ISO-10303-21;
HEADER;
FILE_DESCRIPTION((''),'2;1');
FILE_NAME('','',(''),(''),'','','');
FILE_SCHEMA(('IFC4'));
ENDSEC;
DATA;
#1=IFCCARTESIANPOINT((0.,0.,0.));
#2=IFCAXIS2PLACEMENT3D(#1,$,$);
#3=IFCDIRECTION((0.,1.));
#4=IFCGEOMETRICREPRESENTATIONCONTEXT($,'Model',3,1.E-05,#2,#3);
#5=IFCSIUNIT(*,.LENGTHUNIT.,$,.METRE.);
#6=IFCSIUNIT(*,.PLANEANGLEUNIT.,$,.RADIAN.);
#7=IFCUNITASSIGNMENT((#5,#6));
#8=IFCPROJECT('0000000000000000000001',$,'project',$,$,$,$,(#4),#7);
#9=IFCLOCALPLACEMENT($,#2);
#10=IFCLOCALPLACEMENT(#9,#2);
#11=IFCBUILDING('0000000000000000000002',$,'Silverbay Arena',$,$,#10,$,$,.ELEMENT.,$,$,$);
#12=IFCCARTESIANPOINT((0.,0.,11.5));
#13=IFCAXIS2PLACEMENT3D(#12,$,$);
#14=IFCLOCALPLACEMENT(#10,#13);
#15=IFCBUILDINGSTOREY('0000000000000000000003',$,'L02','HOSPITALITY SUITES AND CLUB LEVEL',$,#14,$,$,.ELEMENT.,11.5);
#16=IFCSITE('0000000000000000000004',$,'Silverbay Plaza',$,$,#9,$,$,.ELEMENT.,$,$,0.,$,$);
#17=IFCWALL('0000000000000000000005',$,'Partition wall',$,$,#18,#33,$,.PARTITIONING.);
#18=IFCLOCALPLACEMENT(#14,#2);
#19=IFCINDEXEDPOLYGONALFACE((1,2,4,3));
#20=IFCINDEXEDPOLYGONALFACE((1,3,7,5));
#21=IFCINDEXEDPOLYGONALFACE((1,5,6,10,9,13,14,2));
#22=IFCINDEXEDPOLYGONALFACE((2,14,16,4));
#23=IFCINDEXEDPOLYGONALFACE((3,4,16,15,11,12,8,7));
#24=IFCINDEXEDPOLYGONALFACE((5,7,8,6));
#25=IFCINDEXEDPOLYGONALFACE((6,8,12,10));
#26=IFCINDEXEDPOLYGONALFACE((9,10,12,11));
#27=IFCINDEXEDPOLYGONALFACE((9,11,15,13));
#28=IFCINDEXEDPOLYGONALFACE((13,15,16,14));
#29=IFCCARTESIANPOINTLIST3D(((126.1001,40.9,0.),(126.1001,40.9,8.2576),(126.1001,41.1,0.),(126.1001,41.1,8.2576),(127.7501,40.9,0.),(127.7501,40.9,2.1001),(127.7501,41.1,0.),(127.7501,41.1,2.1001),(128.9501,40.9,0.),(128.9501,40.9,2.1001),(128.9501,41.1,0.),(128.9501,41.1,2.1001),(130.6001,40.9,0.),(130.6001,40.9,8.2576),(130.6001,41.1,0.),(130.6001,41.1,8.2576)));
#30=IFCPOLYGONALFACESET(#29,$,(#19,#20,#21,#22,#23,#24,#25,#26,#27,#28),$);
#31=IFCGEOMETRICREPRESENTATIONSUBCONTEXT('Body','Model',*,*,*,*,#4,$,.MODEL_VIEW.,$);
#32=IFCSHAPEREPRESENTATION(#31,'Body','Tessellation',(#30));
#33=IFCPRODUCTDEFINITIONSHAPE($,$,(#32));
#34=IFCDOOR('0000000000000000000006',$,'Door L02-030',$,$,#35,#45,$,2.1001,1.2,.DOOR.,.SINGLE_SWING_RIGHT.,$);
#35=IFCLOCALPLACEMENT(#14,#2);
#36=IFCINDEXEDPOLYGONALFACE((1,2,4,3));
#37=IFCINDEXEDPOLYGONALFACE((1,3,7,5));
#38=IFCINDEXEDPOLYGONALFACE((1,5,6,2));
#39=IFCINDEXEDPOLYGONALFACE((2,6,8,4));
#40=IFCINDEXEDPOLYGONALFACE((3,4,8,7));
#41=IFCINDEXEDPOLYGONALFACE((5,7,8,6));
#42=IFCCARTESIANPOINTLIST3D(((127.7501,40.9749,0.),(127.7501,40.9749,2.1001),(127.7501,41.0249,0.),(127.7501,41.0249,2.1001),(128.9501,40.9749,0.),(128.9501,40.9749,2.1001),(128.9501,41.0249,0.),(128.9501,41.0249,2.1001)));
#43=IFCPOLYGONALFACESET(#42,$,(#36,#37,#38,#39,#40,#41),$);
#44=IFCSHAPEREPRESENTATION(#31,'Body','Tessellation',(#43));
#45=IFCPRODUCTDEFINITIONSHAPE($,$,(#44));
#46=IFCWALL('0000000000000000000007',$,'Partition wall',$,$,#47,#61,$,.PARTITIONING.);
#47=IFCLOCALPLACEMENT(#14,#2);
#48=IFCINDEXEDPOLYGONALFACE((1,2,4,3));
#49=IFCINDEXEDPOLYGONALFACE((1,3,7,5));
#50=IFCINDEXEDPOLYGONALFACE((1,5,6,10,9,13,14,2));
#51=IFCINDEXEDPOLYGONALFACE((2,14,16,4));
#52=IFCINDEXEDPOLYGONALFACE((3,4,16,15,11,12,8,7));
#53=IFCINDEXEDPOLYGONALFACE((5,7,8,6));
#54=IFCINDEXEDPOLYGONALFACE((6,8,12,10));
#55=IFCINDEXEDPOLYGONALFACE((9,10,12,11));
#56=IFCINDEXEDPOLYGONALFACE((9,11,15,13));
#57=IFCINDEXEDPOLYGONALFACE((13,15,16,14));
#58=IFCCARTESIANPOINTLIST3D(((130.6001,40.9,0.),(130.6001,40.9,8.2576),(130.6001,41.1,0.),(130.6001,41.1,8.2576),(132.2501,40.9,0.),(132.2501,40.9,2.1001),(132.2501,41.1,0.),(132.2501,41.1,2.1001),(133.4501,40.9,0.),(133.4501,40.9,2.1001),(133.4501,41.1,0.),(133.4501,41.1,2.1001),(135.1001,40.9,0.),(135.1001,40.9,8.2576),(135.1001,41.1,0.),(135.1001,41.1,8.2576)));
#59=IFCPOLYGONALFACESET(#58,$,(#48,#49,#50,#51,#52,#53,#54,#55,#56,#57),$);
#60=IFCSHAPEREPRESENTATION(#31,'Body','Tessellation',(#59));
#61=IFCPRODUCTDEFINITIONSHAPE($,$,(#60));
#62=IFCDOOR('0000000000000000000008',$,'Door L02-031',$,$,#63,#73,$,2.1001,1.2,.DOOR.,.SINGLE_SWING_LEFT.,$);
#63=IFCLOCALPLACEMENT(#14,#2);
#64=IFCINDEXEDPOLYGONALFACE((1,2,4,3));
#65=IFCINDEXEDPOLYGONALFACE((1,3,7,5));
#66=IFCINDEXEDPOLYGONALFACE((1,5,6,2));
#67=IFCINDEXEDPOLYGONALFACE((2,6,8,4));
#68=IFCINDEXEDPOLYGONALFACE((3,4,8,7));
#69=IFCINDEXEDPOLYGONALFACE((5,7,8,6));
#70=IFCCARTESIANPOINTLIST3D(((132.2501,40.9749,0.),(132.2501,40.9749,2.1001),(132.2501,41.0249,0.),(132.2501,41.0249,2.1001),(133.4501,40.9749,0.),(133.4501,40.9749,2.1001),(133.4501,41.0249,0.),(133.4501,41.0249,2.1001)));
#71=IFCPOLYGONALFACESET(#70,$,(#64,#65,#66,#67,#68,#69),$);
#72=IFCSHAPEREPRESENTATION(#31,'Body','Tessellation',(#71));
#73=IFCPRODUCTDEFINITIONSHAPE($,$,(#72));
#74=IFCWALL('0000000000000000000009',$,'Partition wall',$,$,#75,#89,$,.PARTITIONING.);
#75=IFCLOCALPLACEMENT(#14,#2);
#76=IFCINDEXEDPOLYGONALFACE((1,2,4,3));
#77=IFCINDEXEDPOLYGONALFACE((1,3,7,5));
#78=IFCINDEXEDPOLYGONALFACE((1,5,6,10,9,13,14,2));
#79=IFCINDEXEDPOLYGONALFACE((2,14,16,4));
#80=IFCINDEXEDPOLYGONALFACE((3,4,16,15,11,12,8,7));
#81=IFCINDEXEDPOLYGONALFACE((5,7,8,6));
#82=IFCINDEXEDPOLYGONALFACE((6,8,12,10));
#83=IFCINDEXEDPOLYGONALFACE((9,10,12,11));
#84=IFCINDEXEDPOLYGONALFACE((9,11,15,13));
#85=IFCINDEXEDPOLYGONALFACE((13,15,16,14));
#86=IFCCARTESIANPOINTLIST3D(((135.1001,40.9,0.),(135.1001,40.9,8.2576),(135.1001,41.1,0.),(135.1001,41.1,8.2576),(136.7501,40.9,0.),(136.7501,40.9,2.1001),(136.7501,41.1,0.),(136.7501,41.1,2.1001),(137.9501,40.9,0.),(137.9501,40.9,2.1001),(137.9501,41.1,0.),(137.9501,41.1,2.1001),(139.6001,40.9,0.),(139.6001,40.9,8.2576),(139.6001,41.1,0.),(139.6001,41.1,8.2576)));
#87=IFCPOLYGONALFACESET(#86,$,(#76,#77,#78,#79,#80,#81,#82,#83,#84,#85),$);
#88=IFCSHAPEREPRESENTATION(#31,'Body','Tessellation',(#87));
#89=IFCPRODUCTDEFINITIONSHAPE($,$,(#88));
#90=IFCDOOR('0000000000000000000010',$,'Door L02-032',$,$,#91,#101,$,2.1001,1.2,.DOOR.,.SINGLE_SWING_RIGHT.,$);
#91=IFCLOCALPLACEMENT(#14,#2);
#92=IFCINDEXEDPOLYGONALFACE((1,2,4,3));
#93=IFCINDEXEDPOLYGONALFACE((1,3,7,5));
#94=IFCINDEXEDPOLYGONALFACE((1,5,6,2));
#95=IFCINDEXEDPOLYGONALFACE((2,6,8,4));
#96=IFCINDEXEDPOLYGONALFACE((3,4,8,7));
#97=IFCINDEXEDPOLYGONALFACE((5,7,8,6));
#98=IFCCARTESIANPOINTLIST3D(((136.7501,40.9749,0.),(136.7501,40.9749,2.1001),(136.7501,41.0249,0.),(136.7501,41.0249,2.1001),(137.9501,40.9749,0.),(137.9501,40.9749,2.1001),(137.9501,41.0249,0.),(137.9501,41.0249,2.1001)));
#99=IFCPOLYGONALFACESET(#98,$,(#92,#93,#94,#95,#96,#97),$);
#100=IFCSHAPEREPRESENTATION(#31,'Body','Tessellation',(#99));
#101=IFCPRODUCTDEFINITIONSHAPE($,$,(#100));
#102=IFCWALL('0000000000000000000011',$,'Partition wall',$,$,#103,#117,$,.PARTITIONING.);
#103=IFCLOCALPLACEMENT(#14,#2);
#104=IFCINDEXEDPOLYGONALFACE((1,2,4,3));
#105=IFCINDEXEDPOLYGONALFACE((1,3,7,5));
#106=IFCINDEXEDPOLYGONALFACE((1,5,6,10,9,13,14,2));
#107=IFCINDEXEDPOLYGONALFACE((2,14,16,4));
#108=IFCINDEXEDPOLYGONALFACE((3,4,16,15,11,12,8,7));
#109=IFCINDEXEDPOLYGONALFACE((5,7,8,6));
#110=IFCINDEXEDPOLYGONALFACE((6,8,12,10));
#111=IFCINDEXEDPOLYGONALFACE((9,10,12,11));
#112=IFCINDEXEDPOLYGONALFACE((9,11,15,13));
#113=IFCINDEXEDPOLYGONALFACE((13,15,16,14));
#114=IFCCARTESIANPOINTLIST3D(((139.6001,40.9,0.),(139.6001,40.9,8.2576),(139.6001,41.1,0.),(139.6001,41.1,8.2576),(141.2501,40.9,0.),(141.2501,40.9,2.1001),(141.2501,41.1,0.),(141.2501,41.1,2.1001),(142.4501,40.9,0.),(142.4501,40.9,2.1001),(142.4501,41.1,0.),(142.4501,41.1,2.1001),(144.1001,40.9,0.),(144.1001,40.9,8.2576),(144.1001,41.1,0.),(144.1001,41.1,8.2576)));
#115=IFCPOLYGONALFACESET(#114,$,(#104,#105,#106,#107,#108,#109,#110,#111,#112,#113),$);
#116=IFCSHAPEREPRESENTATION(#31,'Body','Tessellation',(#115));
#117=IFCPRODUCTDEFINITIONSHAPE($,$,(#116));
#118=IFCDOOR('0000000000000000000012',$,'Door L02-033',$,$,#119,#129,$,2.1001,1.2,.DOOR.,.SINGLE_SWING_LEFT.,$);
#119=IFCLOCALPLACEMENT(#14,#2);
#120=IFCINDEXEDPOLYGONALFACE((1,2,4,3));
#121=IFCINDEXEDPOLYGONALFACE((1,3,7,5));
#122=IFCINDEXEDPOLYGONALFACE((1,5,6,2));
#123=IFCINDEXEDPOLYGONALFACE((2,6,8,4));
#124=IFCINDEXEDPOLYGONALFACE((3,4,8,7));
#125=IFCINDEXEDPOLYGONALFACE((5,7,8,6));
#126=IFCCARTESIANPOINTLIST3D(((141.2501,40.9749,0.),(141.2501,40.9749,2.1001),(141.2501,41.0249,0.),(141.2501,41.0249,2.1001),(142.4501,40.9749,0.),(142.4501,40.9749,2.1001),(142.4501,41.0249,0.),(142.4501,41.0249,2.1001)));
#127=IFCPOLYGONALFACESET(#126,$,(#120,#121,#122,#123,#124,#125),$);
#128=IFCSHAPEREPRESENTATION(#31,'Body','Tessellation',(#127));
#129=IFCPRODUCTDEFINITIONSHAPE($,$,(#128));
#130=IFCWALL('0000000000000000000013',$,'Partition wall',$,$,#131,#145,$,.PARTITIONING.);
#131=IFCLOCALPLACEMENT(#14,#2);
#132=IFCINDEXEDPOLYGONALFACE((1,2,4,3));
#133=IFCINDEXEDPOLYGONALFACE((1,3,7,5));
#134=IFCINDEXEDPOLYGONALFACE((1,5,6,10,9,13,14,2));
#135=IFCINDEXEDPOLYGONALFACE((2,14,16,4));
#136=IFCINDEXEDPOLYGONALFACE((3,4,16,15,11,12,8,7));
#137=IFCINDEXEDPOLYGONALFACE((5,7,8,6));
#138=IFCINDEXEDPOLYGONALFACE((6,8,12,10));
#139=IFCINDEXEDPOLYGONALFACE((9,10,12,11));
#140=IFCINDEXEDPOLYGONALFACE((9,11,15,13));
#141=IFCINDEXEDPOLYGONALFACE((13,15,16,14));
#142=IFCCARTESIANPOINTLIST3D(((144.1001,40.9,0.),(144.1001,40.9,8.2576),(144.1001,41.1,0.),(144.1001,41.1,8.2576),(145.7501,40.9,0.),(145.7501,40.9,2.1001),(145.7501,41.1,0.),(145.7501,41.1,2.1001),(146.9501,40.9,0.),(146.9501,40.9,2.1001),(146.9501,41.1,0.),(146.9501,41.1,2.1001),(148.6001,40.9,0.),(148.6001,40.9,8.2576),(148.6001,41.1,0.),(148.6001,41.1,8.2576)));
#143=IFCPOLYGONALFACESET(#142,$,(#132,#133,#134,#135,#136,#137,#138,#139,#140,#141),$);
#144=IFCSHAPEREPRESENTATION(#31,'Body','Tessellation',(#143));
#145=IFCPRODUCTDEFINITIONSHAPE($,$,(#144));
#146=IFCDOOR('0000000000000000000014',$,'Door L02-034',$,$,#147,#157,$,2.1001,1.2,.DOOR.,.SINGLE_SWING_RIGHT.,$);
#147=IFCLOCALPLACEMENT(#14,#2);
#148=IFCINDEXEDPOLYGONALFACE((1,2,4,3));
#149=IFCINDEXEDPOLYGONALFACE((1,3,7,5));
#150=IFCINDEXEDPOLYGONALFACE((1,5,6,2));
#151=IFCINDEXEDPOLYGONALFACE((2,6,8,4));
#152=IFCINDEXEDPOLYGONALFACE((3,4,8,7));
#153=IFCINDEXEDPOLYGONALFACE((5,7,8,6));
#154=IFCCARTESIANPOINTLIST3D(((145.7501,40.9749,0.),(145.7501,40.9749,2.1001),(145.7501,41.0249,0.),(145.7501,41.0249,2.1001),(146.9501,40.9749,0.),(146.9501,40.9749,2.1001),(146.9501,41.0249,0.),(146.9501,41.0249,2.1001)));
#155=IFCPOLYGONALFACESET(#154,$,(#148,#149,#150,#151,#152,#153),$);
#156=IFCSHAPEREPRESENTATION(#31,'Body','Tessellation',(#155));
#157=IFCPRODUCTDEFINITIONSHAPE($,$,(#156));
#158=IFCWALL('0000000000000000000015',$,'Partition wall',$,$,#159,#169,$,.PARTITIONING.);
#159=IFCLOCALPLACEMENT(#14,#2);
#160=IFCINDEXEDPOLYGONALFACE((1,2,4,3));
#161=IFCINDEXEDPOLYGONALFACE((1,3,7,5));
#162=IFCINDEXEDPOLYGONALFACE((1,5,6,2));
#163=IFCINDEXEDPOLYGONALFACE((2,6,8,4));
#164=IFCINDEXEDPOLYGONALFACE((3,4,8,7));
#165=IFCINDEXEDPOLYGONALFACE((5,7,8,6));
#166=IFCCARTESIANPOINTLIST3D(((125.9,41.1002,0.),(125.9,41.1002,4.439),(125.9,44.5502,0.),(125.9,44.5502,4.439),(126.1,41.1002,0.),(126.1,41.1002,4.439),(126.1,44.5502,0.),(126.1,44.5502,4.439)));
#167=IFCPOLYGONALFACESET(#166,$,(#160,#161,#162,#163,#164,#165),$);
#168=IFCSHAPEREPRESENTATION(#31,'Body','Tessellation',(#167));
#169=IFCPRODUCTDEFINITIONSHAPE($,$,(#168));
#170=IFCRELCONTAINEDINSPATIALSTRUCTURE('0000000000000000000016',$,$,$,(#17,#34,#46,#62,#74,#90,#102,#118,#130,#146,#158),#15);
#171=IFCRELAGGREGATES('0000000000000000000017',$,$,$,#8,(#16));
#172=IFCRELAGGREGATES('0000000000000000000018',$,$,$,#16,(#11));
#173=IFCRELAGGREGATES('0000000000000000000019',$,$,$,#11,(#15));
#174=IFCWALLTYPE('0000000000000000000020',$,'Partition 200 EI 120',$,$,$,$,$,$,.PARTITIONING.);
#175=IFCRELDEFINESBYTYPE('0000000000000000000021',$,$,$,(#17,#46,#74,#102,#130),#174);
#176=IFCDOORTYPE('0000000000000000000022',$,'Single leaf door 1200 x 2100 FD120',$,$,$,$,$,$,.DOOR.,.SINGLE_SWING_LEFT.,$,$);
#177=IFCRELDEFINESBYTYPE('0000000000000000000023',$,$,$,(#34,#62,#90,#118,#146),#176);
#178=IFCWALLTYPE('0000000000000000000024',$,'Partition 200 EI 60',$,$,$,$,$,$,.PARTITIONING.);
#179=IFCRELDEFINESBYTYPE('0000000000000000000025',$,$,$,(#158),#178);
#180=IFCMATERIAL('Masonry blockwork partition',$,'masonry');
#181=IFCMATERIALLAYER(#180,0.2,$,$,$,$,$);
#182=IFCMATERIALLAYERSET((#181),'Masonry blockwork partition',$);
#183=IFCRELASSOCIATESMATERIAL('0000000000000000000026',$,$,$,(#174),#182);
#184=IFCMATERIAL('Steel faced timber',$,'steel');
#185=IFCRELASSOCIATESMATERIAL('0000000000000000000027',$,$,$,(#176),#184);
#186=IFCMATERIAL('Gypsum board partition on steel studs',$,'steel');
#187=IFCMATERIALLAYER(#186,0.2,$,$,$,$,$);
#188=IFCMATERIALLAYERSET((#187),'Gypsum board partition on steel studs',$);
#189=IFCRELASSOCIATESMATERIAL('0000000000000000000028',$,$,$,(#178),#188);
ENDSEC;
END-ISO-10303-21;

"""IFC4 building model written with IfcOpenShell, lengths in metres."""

from ifc_helpers import new_model, si_unit, direction, frame, frame_2d, origin, place, context, subcontext, project, spatial, rectangle, extrude, material, layer, layer_set, type_object, element, fill, save


model = new_model("IFC4")

# Units and contexts
model_context = context("Model", 3, precision=1e-05, world=origin(), true_north=direction((0.0, 1.0)))
body_context = subcontext(model_context, "Body", "Model", "MODEL_VIEW")
ifc_project = project(units=[si_unit("LENGTHUNIT", "METRE"), si_unit("PLANEANGLEUNIT", "RADIAN")], contexts=[model_context])

# Site, building, storey
site_placement = place(None, origin())
site = spatial("IfcSite", under=ifc_project, at=site_placement, Name="Silverbay Plaza", CompositionType="ELEMENT", RefElevation=0.0)
building_placement = place(site_placement, origin())
building = spatial("IfcBuilding", under=site, at=building_placement, Name="Silverbay Arena", CompositionType="ELEMENT")
storey_placement = place(building_placement, frame((0.0, 0.0, 11.5)))
storey = spatial("IfcBuildingStorey", under=building, at=storey_placement, Name="L02", Description="HOSPITALITY SUITES AND CLUB LEVEL", CompositionType="ELEMENT", Elevation=11.5)

# Shared definitions
ifc_material_1 = material(Name="Masonry blockwork partition", Category="masonry")
ifc_layer_1 = layer(ifc_material_1, 0.2)
ifc_layer_set_1 = layer_set([ifc_layer_1], Name="Masonry blockwork partition")
wall_type_1 = type_object("IfcWallType", Name="Partition 200 EI 120", PredefinedType="PARTITIONING", material=ifc_layer_set_1)

# Walls, openings, doors
wall_1_placement = place(storey_placement, frame((126.1001, 41.0, 0.0), z_axis=(0.0, 0.0, 1.0), x_axis=(1.0, 0.0, 0.0)))
wall_1 = element("IfcWall", 1, at=wall_1_placement, inside=storey, type_object=wall_type_1, Name="Partition wall", PredefinedType="PARTITIONING", context=body_context, shape_type="SweptSolid", body=[
    extrude(rectangle(XDim=4.5, YDim=0.2, at=frame_2d((2.25, 0.0))), origin(), (0.0, 0.0, 1.0), 8.2576),
])
opening_1_placement = place(wall_1_placement, frame((1.6499, 0.0, 0.0)))
opening_1 = element("IfcOpeningElement", 2, at=opening_1_placement, cuts=wall_1, PredefinedType="OPENING", context=body_context, shape_type="SweptSolid", body=[
    extrude(rectangle(XDim=1.2, YDim=2.1001, at=frame_2d((0.6001, 1.05))), frame((0.0, 0.1099, 0.0), z_axis=(0.0, -1.0, 0.0), x_axis=(1.0, 0.0, 0.0)), (0.0, 0.0, 1.0), 0.22),
])
ifc_material_2 = material(Name="Steel faced timber", Category="steel")
door_type_1 = type_object("IfcDoorType", Name="Single leaf door 1200 x 2100 FD120", OperationType="SINGLE_SWING_LEFT", PredefinedType="DOOR", material=ifc_material_2)
door_1_placement = place(opening_1_placement, origin())
door_1 = element("IfcDoor", 3, at=door_1_placement, inside=storey, type_object=door_type_1, Name="Door L02-030", OperationType="SINGLE_SWING_RIGHT", OverallHeight=2.1001, OverallWidth=1.2, PredefinedType="DOOR", context=body_context, shape_type="SweptSolid", body=[
    extrude(rectangle(XDim=1.2, YDim=2.1001, at=frame_2d((0.6001, 1.05))), frame((0.0, 0.0249, 0.0), z_axis=(0.0, -1.0, 0.0), x_axis=(1.0, 0.0, 0.0)), (0.0, 0.0, 1.0), 0.05),
])
fill(opening_1, door_1)
wall_2_placement = place(storey_placement, frame((130.6001, 41.0, 0.0), z_axis=(0.0, 0.0, 1.0), x_axis=(1.0, 0.0, 0.0)))
wall_2 = element("IfcWall", 4, at=wall_2_placement, inside=storey, type_object=wall_type_1, Name="Partition wall", PredefinedType="PARTITIONING", context=body_context, shape_type="SweptSolid", body=[
    extrude(rectangle(XDim=4.5, YDim=0.2, at=frame_2d((2.25, 0.0))), origin(), (0.0, 0.0, 1.0), 8.2576),
])
opening_2_placement = place(wall_2_placement, frame((1.6499, 0.0, 0.0)))
opening_2 = element("IfcOpeningElement", 5, at=opening_2_placement, cuts=wall_2, PredefinedType="OPENING", context=body_context, shape_type="SweptSolid", body=[
    extrude(rectangle(XDim=1.2, YDim=2.1001, at=frame_2d((0.6001, 1.05))), frame((0.0, 0.1099, 0.0), z_axis=(0.0, -1.0, 0.0), x_axis=(1.0, 0.0, 0.0)), (0.0, 0.0, 1.0), 0.22),
])
door_2_placement = place(opening_2_placement, origin())
door_2 = element("IfcDoor", 6, at=door_2_placement, inside=storey, type_object=door_type_1, Name="Door L02-031", OperationType="SINGLE_SWING_LEFT", OverallHeight=2.1001, OverallWidth=1.2, PredefinedType="DOOR", context=body_context, shape_type="SweptSolid", body=[
    extrude(rectangle(XDim=1.2, YDim=2.1001, at=frame_2d((0.6001, 1.05))), frame((0.0, 0.0249, 0.0), z_axis=(0.0, -1.0, 0.0), x_axis=(1.0, 0.0, 0.0)), (0.0, 0.0, 1.0), 0.05),
])
fill(opening_2, door_2)
wall_3_placement = place(storey_placement, frame((135.1001, 41.0, 0.0), z_axis=(0.0, 0.0, 1.0), x_axis=(1.0, 0.0, 0.0)))
wall_3 = element("IfcWall", 7, at=wall_3_placement, inside=storey, type_object=wall_type_1, Name="Partition wall", PredefinedType="PARTITIONING", context=body_context, shape_type="SweptSolid", body=[
    extrude(rectangle(XDim=4.5, YDim=0.2, at=frame_2d((2.25, 0.0))), origin(), (0.0, 0.0, 1.0), 8.2576),
])
opening_3_placement = place(wall_3_placement, frame((1.6499, 0.0, 0.0)))
opening_3 = element("IfcOpeningElement", 8, at=opening_3_placement, cuts=wall_3, PredefinedType="OPENING", context=body_context, shape_type="SweptSolid", body=[
    extrude(rectangle(XDim=1.2, YDim=2.1001, at=frame_2d((0.6001, 1.05))), frame((0.0, 0.1099, 0.0), z_axis=(0.0, -1.0, 0.0), x_axis=(1.0, 0.0, 0.0)), (0.0, 0.0, 1.0), 0.22),
])
door_3_placement = place(opening_3_placement, origin())
door_3 = element("IfcDoor", 9, at=door_3_placement, inside=storey, type_object=door_type_1, Name="Door L02-032", OperationType="SINGLE_SWING_RIGHT", OverallHeight=2.1001, OverallWidth=1.2, PredefinedType="DOOR", context=body_context, shape_type="SweptSolid", body=[
    extrude(rectangle(XDim=1.2, YDim=2.1001, at=frame_2d((0.6001, 1.05))), frame((0.0, 0.0249, 0.0), z_axis=(0.0, -1.0, 0.0), x_axis=(1.0, 0.0, 0.0)), (0.0, 0.0, 1.0), 0.05),
])
fill(opening_3, door_3)
wall_4_placement = place(storey_placement, frame((139.6001, 41.0, 0.0), z_axis=(0.0, 0.0, 1.0), x_axis=(1.0, 0.0, 0.0)))
wall_4 = element("IfcWall", 10, at=wall_4_placement, inside=storey, type_object=wall_type_1, Name="Partition wall", PredefinedType="PARTITIONING", context=body_context, shape_type="SweptSolid", body=[
    extrude(rectangle(XDim=4.5, YDim=0.2, at=frame_2d((2.25, 0.0))), origin(), (0.0, 0.0, 1.0), 8.2576),
])
opening_4_placement = place(wall_4_placement, frame((1.6499, 0.0, 0.0)))
opening_4 = element("IfcOpeningElement", 11, at=opening_4_placement, cuts=wall_4, PredefinedType="OPENING", context=body_context, shape_type="SweptSolid", body=[
    extrude(rectangle(XDim=1.2, YDim=2.1001, at=frame_2d((0.6001, 1.05))), frame((0.0, 0.1099, 0.0), z_axis=(0.0, -1.0, 0.0), x_axis=(1.0, 0.0, 0.0)), (0.0, 0.0, 1.0), 0.22),
])
door_4_placement = place(opening_4_placement, origin())
door_4 = element("IfcDoor", 12, at=door_4_placement, inside=storey, type_object=door_type_1, Name="Door L02-033", OperationType="SINGLE_SWING_LEFT", OverallHeight=2.1001, OverallWidth=1.2, PredefinedType="DOOR", context=body_context, shape_type="SweptSolid", body=[
    extrude(rectangle(XDim=1.2, YDim=2.1001, at=frame_2d((0.6001, 1.05))), frame((0.0, 0.0249, 0.0), z_axis=(0.0, -1.0, 0.0), x_axis=(1.0, 0.0, 0.0)), (0.0, 0.0, 1.0), 0.05),
])
fill(opening_4, door_4)
wall_5_placement = place(storey_placement, frame((144.1001, 41.0, 0.0), z_axis=(0.0, 0.0, 1.0), x_axis=(1.0, 0.0, 0.0)))
wall_5 = element("IfcWall", 13, at=wall_5_placement, inside=storey, type_object=wall_type_1, Name="Partition wall", PredefinedType="PARTITIONING", context=body_context, shape_type="SweptSolid", body=[
    extrude(rectangle(XDim=4.5, YDim=0.2, at=frame_2d((2.25, 0.0))), origin(), (0.0, 0.0, 1.0), 8.2576),
])
opening_5_placement = place(wall_5_placement, frame((1.6499, 0.0, 0.0)))
opening_5 = element("IfcOpeningElement", 14, at=opening_5_placement, cuts=wall_5, PredefinedType="OPENING", context=body_context, shape_type="SweptSolid", body=[
    extrude(rectangle(XDim=1.2, YDim=2.1001, at=frame_2d((0.6001, 1.05))), frame((0.0, 0.1099, 0.0), z_axis=(0.0, -1.0, 0.0), x_axis=(1.0, 0.0, 0.0)), (0.0, 0.0, 1.0), 0.22),
])
door_5_placement = place(opening_5_placement, origin())
door_5 = element("IfcDoor", 15, at=door_5_placement, inside=storey, type_object=door_type_1, Name="Door L02-034", OperationType="SINGLE_SWING_RIGHT", OverallHeight=2.1001, OverallWidth=1.2, PredefinedType="DOOR", context=body_context, shape_type="SweptSolid", body=[
    extrude(rectangle(XDim=1.2, YDim=2.1001, at=frame_2d((0.6001, 1.05))), frame((0.0, 0.0249, 0.0), z_axis=(0.0, -1.0, 0.0), x_axis=(1.0, 0.0, 0.0)), (0.0, 0.0, 1.0), 0.05),
])
fill(opening_5, door_5)

# Wall
ifc_material_3 = material(Name="Gypsum board partition on steel studs", Category="steel")
ifc_layer_2 = layer(ifc_material_3, 0.2)
ifc_layer_set_2 = layer_set([ifc_layer_2], Name="Gypsum board partition on steel studs")
wall_type_2 = type_object("IfcWallType", Name="Partition 200 EI 60", PredefinedType="PARTITIONING", material=ifc_layer_set_2)
wall_6_placement = place(storey_placement, frame((126.0, 41.1001, 0.0), z_axis=(0.0, 0.0, 1.0), x_axis=(0.0, 1.0, 0.0)))
element("IfcWall", 16, at=wall_6_placement, inside=storey, type_object=wall_type_2, Name="Partition wall", PredefinedType="PARTITIONING", context=body_context, shape_type="SweptSolid", body=[
    extrude(rectangle(XDim=3.45, YDim=0.2, at=frame_2d((1.7251, 0.0))), origin(), (0.0, 0.0, 1.0), 4.439),
])

save(model, "model.ifc")
